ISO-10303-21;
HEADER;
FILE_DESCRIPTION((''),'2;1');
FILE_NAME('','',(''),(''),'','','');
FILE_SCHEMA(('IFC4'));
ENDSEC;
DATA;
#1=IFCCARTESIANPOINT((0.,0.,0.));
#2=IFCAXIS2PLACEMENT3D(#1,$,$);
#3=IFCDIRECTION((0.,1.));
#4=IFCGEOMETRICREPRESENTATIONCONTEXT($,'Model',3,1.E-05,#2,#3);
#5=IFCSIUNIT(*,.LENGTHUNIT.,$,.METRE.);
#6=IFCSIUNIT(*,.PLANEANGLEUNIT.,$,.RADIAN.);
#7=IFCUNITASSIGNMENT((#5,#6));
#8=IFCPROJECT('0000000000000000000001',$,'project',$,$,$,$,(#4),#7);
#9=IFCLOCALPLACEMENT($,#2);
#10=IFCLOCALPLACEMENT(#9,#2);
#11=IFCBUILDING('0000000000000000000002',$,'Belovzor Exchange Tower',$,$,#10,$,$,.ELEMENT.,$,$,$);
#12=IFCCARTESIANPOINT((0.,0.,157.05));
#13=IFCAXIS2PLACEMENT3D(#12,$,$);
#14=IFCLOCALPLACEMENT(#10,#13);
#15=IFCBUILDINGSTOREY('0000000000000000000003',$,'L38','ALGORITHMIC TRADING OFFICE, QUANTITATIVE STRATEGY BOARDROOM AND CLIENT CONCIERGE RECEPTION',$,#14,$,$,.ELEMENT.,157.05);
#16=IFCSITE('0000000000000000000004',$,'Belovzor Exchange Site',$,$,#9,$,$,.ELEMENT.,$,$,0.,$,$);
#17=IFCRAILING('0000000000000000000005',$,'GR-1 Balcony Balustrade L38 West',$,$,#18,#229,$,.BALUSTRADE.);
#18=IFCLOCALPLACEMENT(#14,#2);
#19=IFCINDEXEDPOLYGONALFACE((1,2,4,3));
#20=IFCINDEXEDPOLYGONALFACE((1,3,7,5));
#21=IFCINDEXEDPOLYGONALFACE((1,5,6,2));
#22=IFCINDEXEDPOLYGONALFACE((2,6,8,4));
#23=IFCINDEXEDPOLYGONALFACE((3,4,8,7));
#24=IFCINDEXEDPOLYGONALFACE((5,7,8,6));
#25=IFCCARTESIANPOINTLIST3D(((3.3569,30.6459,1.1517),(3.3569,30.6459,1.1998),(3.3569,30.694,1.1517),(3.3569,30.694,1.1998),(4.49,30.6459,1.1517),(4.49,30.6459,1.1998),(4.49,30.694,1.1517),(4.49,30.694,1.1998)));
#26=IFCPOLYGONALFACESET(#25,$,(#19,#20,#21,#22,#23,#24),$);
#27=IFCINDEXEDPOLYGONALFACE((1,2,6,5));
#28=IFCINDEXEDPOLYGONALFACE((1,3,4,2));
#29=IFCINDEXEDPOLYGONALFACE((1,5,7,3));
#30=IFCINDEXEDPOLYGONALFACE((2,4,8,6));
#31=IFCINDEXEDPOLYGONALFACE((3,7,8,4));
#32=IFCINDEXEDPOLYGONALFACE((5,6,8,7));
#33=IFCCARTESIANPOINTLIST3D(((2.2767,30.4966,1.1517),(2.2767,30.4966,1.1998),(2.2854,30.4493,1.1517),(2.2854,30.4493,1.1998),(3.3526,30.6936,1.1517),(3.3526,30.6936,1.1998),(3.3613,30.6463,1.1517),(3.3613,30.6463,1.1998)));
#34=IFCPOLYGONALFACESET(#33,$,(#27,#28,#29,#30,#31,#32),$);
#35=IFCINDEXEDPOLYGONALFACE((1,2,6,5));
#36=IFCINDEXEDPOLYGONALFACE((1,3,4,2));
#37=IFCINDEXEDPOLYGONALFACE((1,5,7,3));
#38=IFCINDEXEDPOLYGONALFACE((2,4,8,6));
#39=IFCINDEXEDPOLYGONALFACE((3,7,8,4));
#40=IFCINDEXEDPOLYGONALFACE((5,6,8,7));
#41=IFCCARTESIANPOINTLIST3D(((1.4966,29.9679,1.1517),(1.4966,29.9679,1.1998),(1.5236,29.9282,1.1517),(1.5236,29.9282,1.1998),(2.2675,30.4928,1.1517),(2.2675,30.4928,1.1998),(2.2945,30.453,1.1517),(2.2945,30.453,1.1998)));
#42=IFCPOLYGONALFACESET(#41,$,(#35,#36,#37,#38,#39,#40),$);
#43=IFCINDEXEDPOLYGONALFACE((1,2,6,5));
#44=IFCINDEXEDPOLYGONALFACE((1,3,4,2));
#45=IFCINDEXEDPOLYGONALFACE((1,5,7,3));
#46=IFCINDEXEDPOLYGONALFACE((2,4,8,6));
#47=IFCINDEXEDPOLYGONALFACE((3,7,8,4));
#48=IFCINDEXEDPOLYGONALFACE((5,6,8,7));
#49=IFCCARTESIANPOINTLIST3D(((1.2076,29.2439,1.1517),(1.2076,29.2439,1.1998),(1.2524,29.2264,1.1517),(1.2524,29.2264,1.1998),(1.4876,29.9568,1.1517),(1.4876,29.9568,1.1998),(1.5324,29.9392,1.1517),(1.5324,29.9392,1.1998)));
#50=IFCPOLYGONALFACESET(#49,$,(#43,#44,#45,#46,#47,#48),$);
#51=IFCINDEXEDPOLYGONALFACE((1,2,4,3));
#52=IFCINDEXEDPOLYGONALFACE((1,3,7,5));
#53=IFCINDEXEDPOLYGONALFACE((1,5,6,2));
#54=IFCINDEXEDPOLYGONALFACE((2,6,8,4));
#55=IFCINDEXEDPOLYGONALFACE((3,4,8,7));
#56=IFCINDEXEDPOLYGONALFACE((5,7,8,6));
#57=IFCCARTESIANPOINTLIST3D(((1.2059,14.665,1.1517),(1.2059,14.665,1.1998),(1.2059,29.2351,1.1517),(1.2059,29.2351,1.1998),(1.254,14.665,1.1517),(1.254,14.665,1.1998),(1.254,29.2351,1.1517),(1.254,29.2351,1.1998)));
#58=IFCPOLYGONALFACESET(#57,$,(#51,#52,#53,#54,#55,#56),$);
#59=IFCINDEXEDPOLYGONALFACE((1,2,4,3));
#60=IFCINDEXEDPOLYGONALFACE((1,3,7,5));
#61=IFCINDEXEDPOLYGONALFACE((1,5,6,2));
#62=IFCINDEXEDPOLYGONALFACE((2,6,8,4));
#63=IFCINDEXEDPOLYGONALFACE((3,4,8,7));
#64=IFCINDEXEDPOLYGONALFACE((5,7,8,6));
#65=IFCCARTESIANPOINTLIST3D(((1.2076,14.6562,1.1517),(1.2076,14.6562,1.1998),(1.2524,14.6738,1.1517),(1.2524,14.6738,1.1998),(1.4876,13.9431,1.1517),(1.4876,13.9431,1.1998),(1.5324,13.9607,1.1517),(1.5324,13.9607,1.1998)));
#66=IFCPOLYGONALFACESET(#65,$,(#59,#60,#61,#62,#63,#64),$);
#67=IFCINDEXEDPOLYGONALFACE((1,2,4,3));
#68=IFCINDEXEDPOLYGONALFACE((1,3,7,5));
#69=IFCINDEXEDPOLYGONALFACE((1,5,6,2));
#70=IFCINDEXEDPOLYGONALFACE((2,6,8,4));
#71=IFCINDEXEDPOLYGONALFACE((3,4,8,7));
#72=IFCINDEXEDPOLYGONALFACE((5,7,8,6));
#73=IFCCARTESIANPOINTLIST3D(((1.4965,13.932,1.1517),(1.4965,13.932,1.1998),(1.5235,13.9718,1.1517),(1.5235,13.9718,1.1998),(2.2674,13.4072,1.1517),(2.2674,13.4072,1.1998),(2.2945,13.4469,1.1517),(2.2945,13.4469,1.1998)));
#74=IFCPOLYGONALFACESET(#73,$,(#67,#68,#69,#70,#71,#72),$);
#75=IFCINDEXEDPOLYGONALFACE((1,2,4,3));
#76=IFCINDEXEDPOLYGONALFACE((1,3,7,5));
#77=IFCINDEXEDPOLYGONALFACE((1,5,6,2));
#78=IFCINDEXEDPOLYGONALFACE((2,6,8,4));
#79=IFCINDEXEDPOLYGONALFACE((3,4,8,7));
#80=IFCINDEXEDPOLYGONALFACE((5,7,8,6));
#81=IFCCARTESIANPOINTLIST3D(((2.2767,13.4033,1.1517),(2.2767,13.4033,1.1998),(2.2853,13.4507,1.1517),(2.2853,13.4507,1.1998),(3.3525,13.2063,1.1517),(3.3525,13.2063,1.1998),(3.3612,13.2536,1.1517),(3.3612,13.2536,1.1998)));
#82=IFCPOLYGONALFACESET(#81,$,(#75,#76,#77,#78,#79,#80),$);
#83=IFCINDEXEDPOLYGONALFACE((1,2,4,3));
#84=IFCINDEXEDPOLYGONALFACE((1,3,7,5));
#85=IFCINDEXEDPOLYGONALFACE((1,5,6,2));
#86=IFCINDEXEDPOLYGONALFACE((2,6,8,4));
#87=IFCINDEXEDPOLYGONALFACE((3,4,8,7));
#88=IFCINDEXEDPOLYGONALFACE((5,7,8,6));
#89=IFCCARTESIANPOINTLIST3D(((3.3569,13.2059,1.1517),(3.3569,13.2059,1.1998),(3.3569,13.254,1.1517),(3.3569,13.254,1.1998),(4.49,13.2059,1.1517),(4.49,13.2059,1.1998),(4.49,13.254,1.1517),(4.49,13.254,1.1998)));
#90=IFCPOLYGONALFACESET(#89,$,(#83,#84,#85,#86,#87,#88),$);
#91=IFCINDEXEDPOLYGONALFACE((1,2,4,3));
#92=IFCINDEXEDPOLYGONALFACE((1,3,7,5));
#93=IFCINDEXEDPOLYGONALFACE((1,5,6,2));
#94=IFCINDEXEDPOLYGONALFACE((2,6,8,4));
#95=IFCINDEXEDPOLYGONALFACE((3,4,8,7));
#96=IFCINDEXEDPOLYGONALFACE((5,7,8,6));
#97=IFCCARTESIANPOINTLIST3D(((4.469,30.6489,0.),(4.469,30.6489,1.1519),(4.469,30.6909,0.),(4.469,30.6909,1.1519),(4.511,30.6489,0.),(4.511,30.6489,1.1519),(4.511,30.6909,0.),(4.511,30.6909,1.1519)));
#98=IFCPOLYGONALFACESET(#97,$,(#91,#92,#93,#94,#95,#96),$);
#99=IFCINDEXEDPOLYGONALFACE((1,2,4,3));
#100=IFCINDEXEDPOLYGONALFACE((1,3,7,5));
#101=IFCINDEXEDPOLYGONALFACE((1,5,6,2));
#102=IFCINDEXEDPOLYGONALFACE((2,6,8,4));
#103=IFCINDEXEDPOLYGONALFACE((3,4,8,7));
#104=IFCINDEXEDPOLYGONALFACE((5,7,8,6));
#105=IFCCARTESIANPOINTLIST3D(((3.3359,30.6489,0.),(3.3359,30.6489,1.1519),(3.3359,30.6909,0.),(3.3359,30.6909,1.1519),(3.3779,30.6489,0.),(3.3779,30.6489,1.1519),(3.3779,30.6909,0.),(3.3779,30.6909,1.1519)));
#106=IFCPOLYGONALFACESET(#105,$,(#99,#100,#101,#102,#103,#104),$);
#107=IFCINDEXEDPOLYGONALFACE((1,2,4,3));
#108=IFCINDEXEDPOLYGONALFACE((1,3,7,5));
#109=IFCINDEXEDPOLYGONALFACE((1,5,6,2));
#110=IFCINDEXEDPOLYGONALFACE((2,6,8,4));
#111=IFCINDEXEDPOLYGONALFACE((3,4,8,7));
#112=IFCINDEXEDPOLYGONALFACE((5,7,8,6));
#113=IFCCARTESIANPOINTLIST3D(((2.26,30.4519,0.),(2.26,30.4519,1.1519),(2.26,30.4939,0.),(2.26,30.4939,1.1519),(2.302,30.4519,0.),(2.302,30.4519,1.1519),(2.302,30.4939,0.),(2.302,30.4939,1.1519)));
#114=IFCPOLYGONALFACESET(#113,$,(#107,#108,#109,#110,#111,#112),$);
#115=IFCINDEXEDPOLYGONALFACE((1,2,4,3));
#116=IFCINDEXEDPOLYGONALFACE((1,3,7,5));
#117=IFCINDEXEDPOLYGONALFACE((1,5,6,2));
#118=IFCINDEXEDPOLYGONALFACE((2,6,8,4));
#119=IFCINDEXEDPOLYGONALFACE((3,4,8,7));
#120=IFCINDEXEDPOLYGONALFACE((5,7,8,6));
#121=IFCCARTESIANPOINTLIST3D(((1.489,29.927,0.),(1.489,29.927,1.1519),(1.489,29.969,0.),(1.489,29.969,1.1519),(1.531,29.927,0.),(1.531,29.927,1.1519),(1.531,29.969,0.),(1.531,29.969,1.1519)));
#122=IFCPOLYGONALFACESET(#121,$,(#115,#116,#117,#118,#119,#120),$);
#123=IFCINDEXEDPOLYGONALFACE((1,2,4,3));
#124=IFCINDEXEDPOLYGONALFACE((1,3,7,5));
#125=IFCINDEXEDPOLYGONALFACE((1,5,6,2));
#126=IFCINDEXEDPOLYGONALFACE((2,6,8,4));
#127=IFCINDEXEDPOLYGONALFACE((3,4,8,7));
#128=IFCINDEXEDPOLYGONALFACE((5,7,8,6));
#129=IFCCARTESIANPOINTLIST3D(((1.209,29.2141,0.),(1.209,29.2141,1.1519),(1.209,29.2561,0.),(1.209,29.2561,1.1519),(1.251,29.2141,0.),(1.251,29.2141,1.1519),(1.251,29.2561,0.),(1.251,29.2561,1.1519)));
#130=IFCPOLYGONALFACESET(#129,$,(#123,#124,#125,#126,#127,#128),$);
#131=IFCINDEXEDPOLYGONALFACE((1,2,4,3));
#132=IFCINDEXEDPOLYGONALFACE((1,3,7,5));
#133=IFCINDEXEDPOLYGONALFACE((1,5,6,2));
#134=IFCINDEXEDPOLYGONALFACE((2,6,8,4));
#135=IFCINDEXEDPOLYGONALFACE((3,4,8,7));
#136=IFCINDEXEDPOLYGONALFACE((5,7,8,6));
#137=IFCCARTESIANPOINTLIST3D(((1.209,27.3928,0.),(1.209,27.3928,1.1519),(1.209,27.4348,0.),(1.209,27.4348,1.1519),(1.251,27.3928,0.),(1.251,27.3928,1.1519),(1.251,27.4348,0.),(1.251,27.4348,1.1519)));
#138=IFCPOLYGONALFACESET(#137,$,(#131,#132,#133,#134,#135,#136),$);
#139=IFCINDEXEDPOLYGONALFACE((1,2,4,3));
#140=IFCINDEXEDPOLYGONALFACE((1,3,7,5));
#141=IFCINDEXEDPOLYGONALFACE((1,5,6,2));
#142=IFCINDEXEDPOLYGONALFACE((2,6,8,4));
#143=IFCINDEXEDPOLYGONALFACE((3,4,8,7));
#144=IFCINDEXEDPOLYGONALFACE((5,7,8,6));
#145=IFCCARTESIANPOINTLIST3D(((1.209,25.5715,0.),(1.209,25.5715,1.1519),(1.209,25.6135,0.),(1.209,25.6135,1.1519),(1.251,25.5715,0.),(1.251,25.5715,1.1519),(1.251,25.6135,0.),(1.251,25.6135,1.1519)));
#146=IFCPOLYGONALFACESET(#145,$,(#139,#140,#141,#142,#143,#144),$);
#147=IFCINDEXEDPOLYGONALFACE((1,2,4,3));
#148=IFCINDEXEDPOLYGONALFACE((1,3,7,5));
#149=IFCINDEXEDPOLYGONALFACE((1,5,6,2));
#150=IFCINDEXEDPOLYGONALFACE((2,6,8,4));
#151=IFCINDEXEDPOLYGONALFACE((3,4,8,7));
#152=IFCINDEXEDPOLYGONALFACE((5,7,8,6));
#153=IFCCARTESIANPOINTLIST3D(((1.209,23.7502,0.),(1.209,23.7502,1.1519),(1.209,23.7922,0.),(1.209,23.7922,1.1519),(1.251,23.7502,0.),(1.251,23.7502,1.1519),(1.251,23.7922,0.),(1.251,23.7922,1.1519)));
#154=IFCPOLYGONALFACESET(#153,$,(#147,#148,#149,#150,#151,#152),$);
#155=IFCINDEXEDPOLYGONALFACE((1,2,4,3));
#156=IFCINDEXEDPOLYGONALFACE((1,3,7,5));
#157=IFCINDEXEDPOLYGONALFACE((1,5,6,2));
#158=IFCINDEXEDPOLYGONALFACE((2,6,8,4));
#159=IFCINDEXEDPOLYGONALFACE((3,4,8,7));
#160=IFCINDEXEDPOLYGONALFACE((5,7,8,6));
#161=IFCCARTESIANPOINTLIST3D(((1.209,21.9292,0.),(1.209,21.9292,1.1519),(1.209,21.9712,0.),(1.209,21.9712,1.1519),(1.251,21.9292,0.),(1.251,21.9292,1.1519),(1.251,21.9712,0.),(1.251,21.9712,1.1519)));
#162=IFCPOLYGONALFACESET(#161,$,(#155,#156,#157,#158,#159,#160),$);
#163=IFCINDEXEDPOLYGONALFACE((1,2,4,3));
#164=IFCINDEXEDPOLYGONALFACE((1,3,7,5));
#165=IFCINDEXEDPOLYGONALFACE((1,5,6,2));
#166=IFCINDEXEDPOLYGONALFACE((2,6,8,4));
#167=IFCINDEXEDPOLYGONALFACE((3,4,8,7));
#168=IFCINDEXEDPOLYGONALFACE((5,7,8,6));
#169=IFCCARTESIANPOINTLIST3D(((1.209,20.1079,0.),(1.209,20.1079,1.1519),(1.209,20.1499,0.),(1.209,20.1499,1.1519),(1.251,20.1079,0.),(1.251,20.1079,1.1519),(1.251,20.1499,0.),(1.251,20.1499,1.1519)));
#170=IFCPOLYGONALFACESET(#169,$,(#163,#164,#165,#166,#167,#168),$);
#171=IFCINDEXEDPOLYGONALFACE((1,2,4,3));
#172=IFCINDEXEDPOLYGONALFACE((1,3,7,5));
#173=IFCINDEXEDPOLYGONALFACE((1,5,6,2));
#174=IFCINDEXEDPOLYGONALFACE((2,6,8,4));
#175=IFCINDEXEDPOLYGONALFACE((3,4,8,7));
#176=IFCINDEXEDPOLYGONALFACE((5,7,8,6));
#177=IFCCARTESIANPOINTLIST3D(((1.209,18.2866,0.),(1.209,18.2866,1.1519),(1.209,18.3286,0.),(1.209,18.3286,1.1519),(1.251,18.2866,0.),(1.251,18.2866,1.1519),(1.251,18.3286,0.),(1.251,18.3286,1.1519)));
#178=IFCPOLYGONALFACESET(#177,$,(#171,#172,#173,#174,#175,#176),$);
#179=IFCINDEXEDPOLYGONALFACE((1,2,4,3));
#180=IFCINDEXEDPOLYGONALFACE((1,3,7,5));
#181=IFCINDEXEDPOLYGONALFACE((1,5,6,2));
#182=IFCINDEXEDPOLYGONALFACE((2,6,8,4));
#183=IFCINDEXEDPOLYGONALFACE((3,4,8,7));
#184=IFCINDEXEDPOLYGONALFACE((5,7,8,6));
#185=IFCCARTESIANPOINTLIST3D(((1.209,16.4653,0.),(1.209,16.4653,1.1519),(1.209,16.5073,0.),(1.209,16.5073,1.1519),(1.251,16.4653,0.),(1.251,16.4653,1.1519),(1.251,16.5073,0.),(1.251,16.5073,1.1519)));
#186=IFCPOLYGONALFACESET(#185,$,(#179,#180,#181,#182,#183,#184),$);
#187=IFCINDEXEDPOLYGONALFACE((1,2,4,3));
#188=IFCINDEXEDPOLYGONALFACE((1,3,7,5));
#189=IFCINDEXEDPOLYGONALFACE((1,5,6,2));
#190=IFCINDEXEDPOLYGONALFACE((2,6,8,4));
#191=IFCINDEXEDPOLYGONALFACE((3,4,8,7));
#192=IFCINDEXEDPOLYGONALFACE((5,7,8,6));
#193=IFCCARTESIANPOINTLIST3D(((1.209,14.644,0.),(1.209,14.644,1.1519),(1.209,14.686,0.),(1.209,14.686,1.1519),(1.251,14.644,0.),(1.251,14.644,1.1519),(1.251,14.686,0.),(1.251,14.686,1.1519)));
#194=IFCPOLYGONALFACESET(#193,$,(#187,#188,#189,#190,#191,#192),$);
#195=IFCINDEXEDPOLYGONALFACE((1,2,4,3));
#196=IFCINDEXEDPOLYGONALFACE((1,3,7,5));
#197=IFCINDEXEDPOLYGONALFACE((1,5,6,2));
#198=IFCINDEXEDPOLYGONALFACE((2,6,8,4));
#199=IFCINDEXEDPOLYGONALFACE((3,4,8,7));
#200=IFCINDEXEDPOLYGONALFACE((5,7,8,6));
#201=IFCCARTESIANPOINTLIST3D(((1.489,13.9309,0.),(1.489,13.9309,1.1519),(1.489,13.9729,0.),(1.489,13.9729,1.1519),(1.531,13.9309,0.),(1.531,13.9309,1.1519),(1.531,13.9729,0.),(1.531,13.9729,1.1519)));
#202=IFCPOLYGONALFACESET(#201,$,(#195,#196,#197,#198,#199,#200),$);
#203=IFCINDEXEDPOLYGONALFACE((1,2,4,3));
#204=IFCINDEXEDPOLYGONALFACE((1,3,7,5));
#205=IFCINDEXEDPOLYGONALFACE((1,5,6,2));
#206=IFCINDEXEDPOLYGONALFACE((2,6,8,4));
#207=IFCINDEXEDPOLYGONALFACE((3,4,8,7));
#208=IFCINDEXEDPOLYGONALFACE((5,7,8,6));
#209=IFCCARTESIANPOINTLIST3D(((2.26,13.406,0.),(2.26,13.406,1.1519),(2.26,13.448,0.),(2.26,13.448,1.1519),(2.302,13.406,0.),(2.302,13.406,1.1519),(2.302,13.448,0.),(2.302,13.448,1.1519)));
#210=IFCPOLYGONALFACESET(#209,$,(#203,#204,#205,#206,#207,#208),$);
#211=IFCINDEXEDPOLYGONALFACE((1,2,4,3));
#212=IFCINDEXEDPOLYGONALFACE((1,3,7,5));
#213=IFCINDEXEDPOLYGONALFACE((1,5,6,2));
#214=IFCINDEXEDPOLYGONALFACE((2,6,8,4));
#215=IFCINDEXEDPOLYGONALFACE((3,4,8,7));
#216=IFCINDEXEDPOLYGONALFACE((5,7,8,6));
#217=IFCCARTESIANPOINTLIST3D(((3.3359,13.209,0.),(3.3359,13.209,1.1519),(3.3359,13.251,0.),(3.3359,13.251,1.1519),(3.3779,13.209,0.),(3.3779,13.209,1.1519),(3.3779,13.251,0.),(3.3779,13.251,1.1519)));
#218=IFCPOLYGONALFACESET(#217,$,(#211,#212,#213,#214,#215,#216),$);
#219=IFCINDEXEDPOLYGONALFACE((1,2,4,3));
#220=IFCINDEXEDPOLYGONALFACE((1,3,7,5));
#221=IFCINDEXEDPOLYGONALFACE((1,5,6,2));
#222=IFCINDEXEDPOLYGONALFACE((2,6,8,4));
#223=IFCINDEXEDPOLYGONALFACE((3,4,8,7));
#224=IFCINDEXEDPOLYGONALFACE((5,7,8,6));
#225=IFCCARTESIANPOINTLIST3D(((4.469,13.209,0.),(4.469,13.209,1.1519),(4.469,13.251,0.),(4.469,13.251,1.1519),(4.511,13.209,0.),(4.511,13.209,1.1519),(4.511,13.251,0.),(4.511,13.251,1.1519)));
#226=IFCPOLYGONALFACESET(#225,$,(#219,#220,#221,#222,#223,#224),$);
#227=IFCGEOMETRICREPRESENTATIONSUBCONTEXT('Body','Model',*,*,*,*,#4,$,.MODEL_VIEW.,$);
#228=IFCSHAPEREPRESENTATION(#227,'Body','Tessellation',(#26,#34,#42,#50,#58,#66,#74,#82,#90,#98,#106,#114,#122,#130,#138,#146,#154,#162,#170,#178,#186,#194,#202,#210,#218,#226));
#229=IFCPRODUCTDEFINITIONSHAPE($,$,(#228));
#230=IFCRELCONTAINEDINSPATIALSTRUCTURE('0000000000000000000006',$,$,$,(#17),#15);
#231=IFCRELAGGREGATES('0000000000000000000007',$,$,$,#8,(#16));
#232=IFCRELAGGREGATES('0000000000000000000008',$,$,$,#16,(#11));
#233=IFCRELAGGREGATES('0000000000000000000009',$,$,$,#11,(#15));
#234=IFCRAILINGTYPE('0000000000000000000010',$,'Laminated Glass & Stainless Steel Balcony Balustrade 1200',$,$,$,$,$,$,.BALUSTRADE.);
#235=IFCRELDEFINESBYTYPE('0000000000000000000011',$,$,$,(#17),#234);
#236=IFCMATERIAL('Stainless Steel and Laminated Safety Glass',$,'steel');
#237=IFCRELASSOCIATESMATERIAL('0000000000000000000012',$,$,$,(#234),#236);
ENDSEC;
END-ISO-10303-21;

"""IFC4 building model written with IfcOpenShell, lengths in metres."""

from ifc_helpers import new_model, si_unit, direction, frame, origin, origin_2d, place, context, subcontext, project, spatial, rectangle, extrude, material, type_object, element, save


model = new_model("IFC4")

# Units and contexts
model_context = context("Model", 3, precision=1e-05, world=origin(), true_north=direction((0.0, 1.0)))
body_context = subcontext(model_context, "Body", "Model", "MODEL_VIEW")
ifc_project = project(units=[si_unit("LENGTHUNIT", "METRE"), si_unit("PLANEANGLEUNIT", "RADIAN")], contexts=[model_context])

# Site, building, storey
site_placement = place(None, origin())
site = spatial("IfcSite", under=ifc_project, at=site_placement, Name="Belovzor Exchange Site", CompositionType="ELEMENT", RefElevation=0.0)
building_placement = place(site_placement, origin())
building = spatial("IfcBuilding", under=site, at=building_placement, Name="Belovzor Exchange Tower", CompositionType="ELEMENT")
storey_placement = place(building_placement, frame((0.0, 0.0, 157.05)))
storey = spatial("IfcBuildingStorey", under=building, at=storey_placement, Name="L38", Description="ALGORITHMIC TRADING OFFICE, QUANTITATIVE STRATEGY BOARDROOM AND CLIENT CONCIERGE RECEPTION", CompositionType="ELEMENT", Elevation=157.05)

# Railing
ifc_material_1 = material(Name="Stainless Steel and Laminated Safety Glass", Category="steel")
railing_type = type_object("IfcRailingType", Name="Laminated Glass & Stainless Steel Balcony Balustrade 1200", PredefinedType="BALUSTRADE", material=ifc_material_1)
railing_placement = place(storey_placement, frame((4.49, 30.6699, 0.0)))
element("IfcRailing", 1, at=railing_placement, inside=storey, type_object=railing_type, Name="GR-1 Balcony Balustrade L38 West", PredefinedType="BALUSTRADE", context=body_context, shape_type="SweptSolid", body=[
    extrude(rectangle(XDim=0.0481, YDim=0.0481, at=origin_2d()), frame((0.0, 0.0, 1.1758), z_axis=(-1.0, 0.0, 0.0), x_axis=(0.0, -1.0, 0.0)), (0.0, 0.0, 1.0), 1.1331),
    extrude(rectangle(XDim=0.0481, YDim=0.0481, at=origin_2d()), frame((-1.1331, 0.0, 1.1758), z_axis=(-0.983644, -0.180123, 0.0), x_axis=(0.180123, -0.983644, 0.0)), (0.0, 0.0, 1.0), 1.0938),
    extrude(rectangle(XDim=0.0481, YDim=0.0481, at=origin_2d()), frame((-2.209, -0.197, 1.1758), z_axis=(-0.826615, -0.562768, 0.0), x_axis=(0.562768, -0.826615, 0.0)), (0.0, 0.0, 1.0), 0.9326),
    extrude(rectangle(XDim=0.0481, YDim=0.0481, at=origin_2d()), frame((-2.98, -0.7219, 1.1758), z_axis=(-0.365613, -0.930767, 0.0), x_axis=(0.930767, -0.365613, 0.0)), (0.0, 0.0, 1.0), 0.7659),
    extrude(rectangle(XDim=0.0481, YDim=0.0481, at=origin_2d()), frame((-3.26, -1.4348, 1.1758), z_axis=(0.0, -1.0, 0.0), x_axis=(1.0, 0.0, 0.0)), (0.0, 0.0, 1.0), 14.5701),
    extrude(rectangle(XDim=0.0481, YDim=0.0481, at=origin_2d()), frame((-3.26, -16.0049, 1.1758), z_axis=(0.365504, -0.93081, 0.0), x_axis=(0.93081, 0.365504, 0.0)), (0.0, 0.0, 1.0), 0.7661),
    extrude(rectangle(XDim=0.0481, YDim=0.0481, at=origin_2d()), frame((-2.98, -16.718, 1.1758), z_axis=(0.826615, -0.562768, 0.0), x_axis=(0.562768, 0.826615, 0.0)), (0.0, 0.0, 1.0), 0.9326),
    extrude(rectangle(XDim=0.0481, YDim=0.0481, at=origin_2d()), frame((-2.209, -17.2429, 1.1758), z_axis=(0.983644, -0.180123, 0.0), x_axis=(0.180123, 0.983644, 0.0)), (0.0, 0.0, 1.0), 1.0938),
    extrude(rectangle(XDim=0.0481, YDim=0.0481, at=origin_2d()), frame((-1.1331, -17.4399, 1.1758), z_axis=(1.0, 0.0, 0.0), x_axis=(0.0, 1.0, 0.0)), (0.0, 0.0, 1.0), 1.1331),
    extrude(rectangle(XDim=0.042, YDim=0.042, at=origin_2d()), origin(), (0.0, 0.0, 1.0), 1.1519),
    extrude(rectangle(XDim=0.042, YDim=0.042, at=origin_2d()), frame((-1.1331, 0.0, 0.0)), (0.0, 0.0, 1.0), 1.1519),
    extrude(rectangle(XDim=0.042, YDim=0.042, at=origin_2d()), frame((-2.209, -0.197, 0.0)), (0.0, 0.0, 1.0), 1.1519),
    extrude(rectangle(XDim=0.042, YDim=0.042, at=origin_2d()), frame((-2.98, -0.7219, 0.0)), (0.0, 0.0, 1.0), 1.1519),
    extrude(rectangle(XDim=0.042, YDim=0.042, at=origin_2d()), frame((-3.26, -1.4348, 0.0)), (0.0, 0.0, 1.0), 1.1519),
    extrude(rectangle(XDim=0.042, YDim=0.042, at=origin_2d()), frame((-3.26, -3.2561, 0.0)), (0.0, 0.0, 1.0), 1.1519),
    extrude(rectangle(XDim=0.042, YDim=0.042, at=origin_2d()), frame((-3.26, -5.0774, 0.0)), (0.0, 0.0, 1.0), 1.1519),
    extrude(rectangle(XDim=0.042, YDim=0.042, at=origin_2d()), frame((-3.26, -6.8987, 0.0)), (0.0, 0.0, 1.0), 1.1519),
    extrude(rectangle(XDim=0.042, YDim=0.042, at=origin_2d()), frame((-3.26, -8.7197, 0.0)), (0.0, 0.0, 1.0), 1.1519),
    extrude(rectangle(XDim=0.042, YDim=0.042, at=origin_2d()), frame((-3.26, -10.541, 0.0)), (0.0, 0.0, 1.0), 1.1519),
    extrude(rectangle(XDim=0.042, YDim=0.042, at=origin_2d()), frame((-3.26, -12.3623, 0.0)), (0.0, 0.0, 1.0), 1.1519),
    extrude(rectangle(XDim=0.042, YDim=0.042, at=origin_2d()), frame((-3.26, -14.1836, 0.0)), (0.0, 0.0, 1.0), 1.1519),
    extrude(rectangle(XDim=0.042, YDim=0.042, at=origin_2d()), frame((-3.26, -16.0049, 0.0)), (0.0, 0.0, 1.0), 1.1519),
    extrude(rectangle(XDim=0.042, YDim=0.042, at=origin_2d()), frame((-2.98, -16.718, 0.0)), (0.0, 0.0, 1.0), 1.1519),
    extrude(rectangle(XDim=0.042, YDim=0.042, at=origin_2d()), frame((-2.209, -17.2429, 0.0)), (0.0, 0.0, 1.0), 1.1519),
    extrude(rectangle(XDim=0.042, YDim=0.042, at=origin_2d()), frame((-1.1331, -17.4399, 0.0)), (0.0, 0.0, 1.0), 1.1519),
    extrude(rectangle(XDim=0.042, YDim=0.042, at=origin_2d()), frame((0.0, -17.4399, 0.0)), (0.0, 0.0, 1.0), 1.1519),
])

save(model, "model.ifc")
